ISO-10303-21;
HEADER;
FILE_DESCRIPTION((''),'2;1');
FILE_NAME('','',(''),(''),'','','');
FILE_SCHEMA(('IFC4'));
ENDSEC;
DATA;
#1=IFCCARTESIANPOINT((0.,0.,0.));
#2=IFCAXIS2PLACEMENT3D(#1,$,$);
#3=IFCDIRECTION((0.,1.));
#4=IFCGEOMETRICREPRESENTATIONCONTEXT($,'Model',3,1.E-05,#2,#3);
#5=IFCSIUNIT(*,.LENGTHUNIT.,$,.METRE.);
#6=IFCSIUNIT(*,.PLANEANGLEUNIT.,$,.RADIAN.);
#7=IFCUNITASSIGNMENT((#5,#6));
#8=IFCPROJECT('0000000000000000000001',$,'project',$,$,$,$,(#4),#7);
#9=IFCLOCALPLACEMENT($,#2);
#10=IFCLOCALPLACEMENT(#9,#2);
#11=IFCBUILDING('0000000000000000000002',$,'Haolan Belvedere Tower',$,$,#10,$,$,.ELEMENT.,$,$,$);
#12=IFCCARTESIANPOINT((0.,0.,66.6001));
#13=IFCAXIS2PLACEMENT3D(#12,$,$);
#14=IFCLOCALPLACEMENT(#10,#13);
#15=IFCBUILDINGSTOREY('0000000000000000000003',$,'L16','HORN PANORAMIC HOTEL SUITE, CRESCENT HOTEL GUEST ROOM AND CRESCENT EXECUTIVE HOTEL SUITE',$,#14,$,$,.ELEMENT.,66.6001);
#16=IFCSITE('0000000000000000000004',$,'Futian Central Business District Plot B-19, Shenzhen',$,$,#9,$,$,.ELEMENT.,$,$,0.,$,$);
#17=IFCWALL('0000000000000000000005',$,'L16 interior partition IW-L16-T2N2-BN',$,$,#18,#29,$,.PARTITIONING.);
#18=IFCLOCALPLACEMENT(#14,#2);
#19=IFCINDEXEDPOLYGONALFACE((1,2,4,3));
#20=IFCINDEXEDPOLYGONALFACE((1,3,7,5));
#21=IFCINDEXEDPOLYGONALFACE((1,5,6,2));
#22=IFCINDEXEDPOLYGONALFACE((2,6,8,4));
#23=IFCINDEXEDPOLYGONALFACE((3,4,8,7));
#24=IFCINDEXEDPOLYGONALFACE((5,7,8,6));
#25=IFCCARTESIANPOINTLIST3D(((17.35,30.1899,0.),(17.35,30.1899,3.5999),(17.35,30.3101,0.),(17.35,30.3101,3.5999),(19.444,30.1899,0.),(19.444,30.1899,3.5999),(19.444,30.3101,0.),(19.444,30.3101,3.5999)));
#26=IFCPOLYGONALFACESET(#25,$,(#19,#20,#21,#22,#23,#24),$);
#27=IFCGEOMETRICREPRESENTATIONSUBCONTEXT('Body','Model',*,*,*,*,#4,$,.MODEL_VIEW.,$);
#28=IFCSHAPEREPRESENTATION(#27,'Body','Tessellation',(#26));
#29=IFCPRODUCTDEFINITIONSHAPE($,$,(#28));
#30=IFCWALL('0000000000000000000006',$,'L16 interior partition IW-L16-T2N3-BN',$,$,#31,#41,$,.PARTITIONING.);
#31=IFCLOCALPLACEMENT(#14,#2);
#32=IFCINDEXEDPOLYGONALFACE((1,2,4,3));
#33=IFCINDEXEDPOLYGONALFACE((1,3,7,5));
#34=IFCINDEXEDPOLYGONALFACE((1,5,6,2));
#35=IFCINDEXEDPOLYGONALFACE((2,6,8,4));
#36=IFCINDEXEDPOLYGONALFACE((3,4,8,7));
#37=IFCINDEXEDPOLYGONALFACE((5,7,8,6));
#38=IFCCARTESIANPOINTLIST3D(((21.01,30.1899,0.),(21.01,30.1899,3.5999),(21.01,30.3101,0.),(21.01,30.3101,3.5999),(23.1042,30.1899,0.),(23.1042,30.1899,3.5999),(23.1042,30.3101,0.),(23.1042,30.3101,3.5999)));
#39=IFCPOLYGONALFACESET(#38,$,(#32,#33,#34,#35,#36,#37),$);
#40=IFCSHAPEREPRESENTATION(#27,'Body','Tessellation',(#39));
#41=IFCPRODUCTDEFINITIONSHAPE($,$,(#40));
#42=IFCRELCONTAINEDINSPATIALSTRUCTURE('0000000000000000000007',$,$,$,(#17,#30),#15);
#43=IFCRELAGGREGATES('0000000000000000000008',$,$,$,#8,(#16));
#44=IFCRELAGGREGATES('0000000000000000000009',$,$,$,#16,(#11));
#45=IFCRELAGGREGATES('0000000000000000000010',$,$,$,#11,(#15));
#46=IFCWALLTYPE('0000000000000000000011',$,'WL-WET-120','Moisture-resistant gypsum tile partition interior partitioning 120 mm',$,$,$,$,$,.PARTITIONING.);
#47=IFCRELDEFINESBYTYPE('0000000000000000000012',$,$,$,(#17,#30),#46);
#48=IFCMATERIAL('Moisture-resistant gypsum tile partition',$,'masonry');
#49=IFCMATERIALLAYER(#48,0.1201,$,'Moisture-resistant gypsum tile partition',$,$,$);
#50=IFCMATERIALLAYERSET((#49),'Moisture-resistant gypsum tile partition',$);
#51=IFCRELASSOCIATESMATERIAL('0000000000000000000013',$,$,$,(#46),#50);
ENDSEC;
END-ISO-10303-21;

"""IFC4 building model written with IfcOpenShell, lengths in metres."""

from ifc_helpers import new_model, si_unit, direction, frame, frame_2d, origin, place, context, subcontext, project, spatial, rectangle, extrude, material, layer, layer_set, type_object, element, save


model = new_model("IFC4")

# Units and contexts
model_context = context("Model", 3, precision=1e-05, world=origin(), true_north=direction((0.0, 1.0)))
body_context = subcontext(model_context, "Body", "Model", "MODEL_VIEW")
ifc_project = project(units=[si_unit("LENGTHUNIT", "METRE"), si_unit("PLANEANGLEUNIT", "RADIAN")], contexts=[model_context])

# Site, building, storey
site_placement = place(None, origin())
site = spatial("IfcSite", under=ifc_project, at=site_placement, Name="Futian Central Business District Plot B-19, Shenzhen", CompositionType="ELEMENT", RefElevation=0.0)
building_placement = place(site_placement, origin())
building = spatial("IfcBuilding", under=site, at=building_placement, Name="Haolan Belvedere Tower", CompositionType="ELEMENT")
storey_placement = place(building_placement, frame((0.0, 0.0, 66.6001)))
storey = spatial("IfcBuildingStorey", under=building, at=storey_placement, Name="L16", Description="HORN PANORAMIC HOTEL SUITE, CRESCENT HOTEL GUEST ROOM AND CRESCENT EXECUTIVE HOTEL SUITE", CompositionType="ELEMENT", Elevation=66.6001)

# Walls
ifc_material_1 = material(Name="Moisture-resistant gypsum tile partition", Category="masonry")
ifc_layer_1 = layer(ifc_material_1, 0.1201, Name="Moisture-resistant gypsum tile partition")
ifc_layer_set_1 = layer_set([ifc_layer_1], Name="Moisture-resistant gypsum tile partition")
wall_type_1 = type_object("IfcWallType", Name="WL-WET-120", Description="Moisture-resistant gypsum tile partition interior partitioning 120 mm", PredefinedType="PARTITIONING", material=ifc_layer_set_1)
wall_1_placement = place(storey_placement, frame((17.3501, 30.25, 0.0), z_axis=(0.0, 0.0, 1.0), x_axis=(1.0, 0.0, 0.0)))
element("IfcWall", 1, at=wall_1_placement, inside=storey, type_object=wall_type_1, Name="L16 interior partition IW-L16-T2N2-BN", PredefinedType="PARTITIONING", context=body_context, shape_type="SweptSolid", body=[
    extrude(rectangle(XDim=2.094, YDim=0.1201, at=frame_2d((1.0469, 0.0))), origin(), (0.0, 0.0, 1.0), 3.5999),
])
wall_2_placement = place(storey_placement, frame((21.01, 30.25, 0.0), z_axis=(0.0, 0.0, 1.0), x_axis=(1.0, 0.0, 0.0)))
element("IfcWall", 2, at=wall_2_placement, inside=storey, type_object=wall_type_1, Name="L16 interior partition IW-L16-T2N3-BN", PredefinedType="PARTITIONING", context=body_context, shape_type="SweptSolid", body=[
    extrude(rectangle(XDim=2.0942, YDim=0.1201, at=frame_2d((1.0471, 0.0))), origin(), (0.0, 0.0, 1.0), 3.5999),
])

save(model, "model.ifc")
